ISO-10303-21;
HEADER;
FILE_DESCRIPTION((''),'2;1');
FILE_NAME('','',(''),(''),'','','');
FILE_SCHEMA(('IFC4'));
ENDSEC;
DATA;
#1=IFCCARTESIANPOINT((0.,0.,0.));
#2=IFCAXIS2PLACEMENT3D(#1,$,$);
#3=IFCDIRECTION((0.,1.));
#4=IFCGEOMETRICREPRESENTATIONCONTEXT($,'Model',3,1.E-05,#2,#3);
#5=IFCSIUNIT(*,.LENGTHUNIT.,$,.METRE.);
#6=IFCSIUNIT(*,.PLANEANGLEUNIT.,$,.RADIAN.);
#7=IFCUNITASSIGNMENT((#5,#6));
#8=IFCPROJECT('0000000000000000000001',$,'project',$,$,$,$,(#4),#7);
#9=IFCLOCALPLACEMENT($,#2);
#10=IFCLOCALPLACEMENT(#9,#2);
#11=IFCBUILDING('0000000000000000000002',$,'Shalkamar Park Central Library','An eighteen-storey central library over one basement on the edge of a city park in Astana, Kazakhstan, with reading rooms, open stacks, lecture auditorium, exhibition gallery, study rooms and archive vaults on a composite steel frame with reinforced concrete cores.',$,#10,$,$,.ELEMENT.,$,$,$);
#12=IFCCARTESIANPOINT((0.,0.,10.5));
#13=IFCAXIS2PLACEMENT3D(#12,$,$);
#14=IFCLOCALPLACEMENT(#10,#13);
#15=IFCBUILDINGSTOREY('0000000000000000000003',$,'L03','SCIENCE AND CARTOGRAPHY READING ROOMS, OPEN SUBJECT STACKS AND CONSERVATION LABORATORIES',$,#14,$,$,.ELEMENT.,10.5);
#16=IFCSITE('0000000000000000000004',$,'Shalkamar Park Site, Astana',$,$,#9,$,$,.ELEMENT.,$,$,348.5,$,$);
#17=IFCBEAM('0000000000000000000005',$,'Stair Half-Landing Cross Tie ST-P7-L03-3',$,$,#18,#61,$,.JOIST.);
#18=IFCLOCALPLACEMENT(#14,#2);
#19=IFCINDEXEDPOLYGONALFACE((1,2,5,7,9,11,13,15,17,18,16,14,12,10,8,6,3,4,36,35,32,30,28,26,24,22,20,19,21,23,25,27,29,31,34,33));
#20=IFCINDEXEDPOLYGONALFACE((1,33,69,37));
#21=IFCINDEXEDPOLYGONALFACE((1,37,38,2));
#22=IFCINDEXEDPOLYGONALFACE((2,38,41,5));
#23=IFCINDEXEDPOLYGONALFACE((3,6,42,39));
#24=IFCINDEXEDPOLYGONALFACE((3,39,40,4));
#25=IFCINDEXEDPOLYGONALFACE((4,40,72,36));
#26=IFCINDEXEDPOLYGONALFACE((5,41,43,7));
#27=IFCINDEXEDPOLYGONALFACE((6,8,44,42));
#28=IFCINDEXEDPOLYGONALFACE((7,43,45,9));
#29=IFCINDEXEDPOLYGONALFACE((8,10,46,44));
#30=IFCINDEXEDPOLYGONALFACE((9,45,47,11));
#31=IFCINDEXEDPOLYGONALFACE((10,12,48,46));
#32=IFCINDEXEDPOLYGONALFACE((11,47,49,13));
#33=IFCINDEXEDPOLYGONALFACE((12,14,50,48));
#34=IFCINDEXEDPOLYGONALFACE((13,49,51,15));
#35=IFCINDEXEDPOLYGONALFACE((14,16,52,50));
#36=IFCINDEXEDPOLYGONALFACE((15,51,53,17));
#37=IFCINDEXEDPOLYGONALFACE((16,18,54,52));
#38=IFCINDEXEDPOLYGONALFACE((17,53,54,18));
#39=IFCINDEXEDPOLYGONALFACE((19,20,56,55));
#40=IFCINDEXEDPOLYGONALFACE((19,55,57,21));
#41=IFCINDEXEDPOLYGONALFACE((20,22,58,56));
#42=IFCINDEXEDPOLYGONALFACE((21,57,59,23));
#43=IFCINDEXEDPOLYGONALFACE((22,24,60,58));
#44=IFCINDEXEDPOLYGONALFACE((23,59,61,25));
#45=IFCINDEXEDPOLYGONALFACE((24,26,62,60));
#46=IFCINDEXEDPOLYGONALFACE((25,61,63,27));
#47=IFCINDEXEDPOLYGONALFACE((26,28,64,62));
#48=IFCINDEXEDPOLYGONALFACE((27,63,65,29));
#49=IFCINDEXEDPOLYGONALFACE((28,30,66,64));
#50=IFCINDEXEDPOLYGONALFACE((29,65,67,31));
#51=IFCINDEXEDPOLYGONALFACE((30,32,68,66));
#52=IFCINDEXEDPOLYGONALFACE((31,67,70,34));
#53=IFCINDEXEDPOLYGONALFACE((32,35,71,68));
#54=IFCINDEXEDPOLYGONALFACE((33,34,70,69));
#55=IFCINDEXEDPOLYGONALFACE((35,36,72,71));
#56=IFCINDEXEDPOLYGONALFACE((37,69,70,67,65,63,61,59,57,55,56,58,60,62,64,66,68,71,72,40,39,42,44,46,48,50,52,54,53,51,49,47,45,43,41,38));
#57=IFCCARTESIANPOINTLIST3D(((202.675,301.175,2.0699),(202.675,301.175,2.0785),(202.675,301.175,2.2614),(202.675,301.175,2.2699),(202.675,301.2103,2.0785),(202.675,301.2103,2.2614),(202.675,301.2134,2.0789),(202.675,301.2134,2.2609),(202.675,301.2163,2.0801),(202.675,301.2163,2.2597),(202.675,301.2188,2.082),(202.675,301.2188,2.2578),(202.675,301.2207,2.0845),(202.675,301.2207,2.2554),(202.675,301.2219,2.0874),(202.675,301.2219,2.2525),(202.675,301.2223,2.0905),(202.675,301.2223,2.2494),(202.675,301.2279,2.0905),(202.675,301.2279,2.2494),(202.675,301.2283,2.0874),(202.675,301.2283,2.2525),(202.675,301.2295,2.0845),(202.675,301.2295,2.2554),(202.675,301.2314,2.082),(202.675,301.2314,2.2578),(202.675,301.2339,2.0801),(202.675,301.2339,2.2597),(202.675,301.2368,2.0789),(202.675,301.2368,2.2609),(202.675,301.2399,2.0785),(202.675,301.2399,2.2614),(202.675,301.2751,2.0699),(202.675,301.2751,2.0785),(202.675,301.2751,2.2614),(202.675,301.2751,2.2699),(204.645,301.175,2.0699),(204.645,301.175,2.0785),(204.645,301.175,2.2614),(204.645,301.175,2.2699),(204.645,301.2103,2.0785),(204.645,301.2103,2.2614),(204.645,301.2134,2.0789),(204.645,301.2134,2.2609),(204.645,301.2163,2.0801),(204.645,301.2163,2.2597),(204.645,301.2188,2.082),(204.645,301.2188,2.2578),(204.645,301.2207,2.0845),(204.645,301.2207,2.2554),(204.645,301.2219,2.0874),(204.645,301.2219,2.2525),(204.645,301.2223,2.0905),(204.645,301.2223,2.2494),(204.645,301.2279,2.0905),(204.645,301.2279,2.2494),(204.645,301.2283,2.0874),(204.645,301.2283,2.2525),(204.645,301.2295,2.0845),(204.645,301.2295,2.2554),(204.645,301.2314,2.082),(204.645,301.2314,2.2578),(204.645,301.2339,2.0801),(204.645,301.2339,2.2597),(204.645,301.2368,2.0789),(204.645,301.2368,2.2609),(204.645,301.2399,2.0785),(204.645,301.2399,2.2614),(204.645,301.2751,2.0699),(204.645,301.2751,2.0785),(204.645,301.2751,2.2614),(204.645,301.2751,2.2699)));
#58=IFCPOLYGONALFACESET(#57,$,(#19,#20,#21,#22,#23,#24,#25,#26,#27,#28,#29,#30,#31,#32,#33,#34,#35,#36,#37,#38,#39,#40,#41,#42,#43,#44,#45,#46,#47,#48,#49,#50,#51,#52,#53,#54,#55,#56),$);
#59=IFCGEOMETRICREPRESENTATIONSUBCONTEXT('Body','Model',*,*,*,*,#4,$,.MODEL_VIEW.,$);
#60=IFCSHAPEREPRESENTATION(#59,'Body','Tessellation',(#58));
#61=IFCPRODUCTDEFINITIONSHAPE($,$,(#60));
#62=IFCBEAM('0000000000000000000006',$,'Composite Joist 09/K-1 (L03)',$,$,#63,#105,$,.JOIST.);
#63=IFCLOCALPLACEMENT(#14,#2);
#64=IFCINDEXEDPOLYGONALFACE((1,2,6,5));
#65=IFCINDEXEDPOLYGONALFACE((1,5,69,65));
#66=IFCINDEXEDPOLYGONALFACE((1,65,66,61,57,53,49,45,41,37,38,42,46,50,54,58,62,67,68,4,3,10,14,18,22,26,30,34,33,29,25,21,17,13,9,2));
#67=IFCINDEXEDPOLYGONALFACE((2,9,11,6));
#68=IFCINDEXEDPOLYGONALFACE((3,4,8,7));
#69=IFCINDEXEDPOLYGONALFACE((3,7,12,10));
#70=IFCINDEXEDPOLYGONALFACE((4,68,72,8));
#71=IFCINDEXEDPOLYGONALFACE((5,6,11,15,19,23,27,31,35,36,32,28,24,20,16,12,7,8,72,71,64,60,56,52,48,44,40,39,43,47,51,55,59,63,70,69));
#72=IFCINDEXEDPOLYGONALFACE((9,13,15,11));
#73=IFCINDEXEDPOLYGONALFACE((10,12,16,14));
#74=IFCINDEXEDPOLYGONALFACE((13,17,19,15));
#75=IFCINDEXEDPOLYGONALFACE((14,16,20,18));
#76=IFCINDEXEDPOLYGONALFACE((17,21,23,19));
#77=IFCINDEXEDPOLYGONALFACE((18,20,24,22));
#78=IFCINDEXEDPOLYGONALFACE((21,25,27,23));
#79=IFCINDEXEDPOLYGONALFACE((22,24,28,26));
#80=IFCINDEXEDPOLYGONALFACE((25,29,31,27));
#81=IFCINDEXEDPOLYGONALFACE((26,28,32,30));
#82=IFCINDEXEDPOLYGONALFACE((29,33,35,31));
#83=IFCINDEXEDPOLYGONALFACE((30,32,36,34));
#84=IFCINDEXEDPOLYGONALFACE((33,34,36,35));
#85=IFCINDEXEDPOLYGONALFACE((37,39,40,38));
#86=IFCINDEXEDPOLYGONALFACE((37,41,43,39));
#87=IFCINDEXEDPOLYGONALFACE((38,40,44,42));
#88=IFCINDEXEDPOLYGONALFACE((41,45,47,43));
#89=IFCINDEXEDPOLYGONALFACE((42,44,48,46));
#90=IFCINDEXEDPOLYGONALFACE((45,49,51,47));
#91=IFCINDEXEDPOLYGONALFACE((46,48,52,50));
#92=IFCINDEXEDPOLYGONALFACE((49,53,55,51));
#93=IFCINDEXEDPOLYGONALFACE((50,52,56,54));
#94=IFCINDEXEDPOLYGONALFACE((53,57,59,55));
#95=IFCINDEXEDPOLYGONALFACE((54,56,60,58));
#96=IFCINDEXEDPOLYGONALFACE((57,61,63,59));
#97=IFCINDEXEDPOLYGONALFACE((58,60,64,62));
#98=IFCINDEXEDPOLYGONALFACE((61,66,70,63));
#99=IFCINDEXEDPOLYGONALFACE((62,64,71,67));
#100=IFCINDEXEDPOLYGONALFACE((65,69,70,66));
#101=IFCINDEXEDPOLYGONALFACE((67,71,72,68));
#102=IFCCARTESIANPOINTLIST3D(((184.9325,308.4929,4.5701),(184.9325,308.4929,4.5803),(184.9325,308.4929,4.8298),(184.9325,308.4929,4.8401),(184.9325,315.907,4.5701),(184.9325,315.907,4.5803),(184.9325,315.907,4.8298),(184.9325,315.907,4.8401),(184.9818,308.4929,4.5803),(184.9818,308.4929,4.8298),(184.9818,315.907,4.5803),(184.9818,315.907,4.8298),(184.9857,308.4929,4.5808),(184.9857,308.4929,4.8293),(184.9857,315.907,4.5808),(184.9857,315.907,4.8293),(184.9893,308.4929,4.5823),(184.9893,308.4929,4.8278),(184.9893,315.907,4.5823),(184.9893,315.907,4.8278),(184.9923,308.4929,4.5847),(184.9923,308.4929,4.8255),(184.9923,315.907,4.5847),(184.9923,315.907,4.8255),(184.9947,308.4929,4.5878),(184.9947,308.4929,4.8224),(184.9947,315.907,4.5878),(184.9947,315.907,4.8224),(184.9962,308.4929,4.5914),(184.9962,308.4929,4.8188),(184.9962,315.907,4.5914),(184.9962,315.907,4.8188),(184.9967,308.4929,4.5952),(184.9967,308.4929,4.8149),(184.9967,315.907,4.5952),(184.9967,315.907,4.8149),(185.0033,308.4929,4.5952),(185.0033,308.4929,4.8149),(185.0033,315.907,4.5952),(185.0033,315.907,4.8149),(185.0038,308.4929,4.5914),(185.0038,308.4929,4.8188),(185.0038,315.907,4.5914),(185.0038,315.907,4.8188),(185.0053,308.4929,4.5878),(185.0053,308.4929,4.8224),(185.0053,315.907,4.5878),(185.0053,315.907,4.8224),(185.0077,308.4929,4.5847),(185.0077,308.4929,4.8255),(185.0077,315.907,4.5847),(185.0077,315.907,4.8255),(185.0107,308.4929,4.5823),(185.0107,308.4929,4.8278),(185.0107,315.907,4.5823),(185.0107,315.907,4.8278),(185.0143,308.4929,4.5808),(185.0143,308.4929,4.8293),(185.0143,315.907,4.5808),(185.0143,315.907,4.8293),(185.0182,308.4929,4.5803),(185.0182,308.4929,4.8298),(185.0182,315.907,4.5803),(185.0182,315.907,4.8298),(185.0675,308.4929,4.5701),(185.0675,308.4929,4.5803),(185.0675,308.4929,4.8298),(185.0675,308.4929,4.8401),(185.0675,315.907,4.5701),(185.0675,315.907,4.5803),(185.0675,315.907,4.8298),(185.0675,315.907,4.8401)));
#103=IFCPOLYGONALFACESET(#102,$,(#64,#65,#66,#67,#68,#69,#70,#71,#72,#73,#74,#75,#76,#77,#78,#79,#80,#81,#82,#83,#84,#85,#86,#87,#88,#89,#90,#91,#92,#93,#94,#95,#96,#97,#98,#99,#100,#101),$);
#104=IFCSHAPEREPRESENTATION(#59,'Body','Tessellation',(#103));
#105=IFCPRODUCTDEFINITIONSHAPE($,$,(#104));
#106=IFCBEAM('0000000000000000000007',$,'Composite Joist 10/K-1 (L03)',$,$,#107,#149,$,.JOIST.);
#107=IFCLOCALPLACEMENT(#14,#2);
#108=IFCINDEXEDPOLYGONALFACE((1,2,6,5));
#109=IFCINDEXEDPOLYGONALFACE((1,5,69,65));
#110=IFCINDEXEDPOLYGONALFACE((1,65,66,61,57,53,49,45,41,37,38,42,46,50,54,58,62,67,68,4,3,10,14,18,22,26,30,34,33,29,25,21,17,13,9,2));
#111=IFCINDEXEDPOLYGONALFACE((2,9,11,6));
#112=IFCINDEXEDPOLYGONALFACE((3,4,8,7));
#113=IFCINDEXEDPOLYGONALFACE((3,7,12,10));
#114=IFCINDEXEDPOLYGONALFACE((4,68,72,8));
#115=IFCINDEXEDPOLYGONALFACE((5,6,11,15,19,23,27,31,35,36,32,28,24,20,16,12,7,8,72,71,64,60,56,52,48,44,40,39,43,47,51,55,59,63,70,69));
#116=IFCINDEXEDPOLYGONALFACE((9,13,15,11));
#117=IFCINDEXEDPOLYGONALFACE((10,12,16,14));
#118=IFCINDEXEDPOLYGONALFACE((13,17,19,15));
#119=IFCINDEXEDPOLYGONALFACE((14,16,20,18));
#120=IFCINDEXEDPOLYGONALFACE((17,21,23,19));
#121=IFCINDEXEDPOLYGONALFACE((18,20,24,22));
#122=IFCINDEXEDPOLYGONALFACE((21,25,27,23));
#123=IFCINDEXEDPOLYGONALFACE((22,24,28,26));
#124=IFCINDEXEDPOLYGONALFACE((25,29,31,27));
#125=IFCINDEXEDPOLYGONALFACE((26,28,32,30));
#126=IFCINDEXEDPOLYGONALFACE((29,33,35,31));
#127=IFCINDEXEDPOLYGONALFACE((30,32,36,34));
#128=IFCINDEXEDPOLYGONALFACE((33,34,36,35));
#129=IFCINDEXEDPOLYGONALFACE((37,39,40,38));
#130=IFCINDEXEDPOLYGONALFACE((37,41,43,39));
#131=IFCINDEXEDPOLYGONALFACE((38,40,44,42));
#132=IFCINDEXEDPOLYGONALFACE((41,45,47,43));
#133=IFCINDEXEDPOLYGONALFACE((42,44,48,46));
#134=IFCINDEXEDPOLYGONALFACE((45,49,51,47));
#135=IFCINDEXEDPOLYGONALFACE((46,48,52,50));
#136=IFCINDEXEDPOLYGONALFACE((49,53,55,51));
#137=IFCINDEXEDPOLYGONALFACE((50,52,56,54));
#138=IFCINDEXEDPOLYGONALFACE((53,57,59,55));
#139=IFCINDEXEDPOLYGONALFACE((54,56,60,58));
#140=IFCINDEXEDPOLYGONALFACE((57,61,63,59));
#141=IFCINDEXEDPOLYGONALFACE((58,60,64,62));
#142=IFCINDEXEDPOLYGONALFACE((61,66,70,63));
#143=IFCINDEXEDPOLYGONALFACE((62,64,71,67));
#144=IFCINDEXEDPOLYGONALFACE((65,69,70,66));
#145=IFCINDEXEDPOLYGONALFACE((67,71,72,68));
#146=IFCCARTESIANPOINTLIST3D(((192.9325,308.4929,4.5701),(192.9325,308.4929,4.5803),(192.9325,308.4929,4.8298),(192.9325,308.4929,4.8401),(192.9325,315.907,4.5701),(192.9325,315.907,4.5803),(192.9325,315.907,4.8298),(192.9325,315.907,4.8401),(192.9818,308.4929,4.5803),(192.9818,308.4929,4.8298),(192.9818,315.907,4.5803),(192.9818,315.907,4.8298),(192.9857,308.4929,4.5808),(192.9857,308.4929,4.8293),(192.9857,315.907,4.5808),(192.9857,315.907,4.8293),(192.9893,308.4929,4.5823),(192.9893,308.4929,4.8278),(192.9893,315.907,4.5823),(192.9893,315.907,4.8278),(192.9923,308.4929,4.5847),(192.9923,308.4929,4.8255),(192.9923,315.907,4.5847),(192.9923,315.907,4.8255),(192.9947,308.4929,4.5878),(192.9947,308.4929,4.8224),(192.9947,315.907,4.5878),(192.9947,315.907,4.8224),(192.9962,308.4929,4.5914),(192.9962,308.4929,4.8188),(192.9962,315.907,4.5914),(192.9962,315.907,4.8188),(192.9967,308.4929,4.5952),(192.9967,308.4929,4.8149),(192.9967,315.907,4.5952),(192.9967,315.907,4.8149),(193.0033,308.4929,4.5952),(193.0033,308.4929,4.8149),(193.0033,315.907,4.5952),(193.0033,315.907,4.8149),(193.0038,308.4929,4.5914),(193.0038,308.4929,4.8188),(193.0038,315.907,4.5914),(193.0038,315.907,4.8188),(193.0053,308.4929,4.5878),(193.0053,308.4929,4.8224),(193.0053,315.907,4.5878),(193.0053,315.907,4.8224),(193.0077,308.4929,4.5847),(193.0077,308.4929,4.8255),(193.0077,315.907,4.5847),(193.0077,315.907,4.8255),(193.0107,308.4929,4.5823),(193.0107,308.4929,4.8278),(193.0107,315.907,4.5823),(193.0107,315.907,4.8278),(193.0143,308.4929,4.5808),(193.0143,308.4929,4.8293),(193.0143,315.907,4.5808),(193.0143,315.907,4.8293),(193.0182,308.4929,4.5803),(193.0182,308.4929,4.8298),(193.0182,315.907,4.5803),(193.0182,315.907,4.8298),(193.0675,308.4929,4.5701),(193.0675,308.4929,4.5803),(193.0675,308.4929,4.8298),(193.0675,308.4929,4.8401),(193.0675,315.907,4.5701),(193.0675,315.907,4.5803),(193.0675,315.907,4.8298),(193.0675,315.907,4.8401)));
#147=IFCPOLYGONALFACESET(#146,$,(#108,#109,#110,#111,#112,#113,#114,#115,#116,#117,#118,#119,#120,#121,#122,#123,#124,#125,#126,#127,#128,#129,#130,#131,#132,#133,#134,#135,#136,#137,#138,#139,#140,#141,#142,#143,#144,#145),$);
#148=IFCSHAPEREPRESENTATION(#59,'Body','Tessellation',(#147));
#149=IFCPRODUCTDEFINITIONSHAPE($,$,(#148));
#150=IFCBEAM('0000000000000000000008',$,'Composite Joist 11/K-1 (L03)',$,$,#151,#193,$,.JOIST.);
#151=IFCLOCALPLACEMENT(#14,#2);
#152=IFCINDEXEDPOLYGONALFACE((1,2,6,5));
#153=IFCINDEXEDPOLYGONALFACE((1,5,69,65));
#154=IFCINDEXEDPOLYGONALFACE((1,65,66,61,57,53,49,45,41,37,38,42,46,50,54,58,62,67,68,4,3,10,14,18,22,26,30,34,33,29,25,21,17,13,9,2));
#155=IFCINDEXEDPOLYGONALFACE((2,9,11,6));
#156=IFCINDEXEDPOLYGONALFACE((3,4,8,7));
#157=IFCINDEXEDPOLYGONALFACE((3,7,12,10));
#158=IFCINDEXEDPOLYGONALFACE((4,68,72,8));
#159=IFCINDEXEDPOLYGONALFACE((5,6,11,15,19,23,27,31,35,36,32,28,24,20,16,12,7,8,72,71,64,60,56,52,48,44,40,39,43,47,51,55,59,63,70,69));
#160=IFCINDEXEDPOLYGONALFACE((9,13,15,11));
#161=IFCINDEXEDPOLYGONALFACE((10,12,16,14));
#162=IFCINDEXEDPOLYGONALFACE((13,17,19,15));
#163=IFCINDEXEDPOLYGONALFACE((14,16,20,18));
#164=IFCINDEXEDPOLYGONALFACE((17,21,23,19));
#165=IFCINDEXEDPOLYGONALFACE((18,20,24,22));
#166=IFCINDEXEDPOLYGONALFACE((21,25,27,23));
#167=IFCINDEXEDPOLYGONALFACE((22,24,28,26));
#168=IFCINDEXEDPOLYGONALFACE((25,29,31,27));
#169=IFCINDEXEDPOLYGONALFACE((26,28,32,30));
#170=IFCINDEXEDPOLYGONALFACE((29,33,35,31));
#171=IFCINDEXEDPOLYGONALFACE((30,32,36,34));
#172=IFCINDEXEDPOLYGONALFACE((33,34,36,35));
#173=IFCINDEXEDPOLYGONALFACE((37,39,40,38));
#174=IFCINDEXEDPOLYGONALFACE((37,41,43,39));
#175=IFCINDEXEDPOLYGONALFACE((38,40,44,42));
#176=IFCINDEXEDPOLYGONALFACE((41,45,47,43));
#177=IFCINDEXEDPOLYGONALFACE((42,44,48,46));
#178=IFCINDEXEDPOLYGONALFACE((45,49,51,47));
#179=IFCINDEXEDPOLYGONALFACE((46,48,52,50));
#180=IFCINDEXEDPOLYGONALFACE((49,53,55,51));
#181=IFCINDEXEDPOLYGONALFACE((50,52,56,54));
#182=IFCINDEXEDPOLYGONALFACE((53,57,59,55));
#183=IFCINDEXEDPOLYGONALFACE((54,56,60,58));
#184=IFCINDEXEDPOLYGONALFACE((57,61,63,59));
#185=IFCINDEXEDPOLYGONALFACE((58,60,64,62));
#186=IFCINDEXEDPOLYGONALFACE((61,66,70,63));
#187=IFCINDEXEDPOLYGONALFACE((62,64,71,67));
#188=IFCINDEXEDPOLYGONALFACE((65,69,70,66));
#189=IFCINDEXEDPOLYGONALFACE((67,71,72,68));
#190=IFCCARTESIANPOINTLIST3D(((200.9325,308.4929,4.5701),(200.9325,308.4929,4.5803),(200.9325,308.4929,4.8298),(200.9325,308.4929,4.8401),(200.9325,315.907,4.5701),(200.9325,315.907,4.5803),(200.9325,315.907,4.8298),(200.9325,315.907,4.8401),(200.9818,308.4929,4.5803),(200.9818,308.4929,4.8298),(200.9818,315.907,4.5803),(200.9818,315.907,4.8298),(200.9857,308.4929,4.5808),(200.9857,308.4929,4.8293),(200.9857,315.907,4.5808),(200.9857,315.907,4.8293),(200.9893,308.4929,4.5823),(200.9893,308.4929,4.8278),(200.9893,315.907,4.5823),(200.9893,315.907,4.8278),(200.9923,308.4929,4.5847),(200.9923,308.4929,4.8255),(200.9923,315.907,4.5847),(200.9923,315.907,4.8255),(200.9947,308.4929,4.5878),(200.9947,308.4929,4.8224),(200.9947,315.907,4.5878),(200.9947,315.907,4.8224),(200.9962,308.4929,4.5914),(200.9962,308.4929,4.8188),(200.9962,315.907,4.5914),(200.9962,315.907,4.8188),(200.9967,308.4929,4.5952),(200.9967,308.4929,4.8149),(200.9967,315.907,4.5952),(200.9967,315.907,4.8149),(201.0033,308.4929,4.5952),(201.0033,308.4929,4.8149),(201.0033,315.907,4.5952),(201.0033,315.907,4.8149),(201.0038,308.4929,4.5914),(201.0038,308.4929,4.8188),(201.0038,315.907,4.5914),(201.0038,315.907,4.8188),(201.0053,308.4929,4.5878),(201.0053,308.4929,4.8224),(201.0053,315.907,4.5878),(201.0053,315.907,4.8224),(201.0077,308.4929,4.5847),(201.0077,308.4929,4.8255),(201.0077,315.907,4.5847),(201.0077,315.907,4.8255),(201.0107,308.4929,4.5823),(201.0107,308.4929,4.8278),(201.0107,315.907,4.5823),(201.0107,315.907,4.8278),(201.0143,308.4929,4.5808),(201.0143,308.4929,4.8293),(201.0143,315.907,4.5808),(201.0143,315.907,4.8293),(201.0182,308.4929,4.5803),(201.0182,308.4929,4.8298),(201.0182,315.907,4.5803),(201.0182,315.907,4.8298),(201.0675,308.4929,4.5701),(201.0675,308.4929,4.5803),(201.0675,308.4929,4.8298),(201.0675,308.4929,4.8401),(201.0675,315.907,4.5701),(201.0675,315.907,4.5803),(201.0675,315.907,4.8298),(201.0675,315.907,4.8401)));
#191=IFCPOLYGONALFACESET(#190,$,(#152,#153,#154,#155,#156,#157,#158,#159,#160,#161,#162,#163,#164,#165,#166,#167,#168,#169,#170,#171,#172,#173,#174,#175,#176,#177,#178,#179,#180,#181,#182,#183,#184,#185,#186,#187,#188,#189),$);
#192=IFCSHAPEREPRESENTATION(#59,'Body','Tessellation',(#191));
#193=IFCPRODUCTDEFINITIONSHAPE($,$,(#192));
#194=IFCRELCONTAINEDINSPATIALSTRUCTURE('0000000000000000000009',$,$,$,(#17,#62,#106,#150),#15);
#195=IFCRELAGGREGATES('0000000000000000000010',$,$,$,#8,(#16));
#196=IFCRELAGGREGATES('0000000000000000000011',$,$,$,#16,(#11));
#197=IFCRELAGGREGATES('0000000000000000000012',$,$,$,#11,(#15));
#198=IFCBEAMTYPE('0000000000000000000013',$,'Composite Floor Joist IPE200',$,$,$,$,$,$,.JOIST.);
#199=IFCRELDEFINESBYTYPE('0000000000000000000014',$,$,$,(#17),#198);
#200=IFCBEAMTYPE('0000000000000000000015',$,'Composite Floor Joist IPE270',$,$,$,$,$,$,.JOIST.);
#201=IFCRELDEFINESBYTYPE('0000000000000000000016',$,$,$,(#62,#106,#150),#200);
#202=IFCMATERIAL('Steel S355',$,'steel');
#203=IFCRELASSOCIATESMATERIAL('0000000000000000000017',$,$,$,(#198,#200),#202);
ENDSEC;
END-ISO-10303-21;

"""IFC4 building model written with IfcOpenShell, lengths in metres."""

from ifc_helpers import new_model, si_unit, direction, frame, origin, origin_2d, place, context, subcontext, project, spatial, i_section, extrude, material, material_profile, profile_set, type_object, element, save


model = new_model("IFC4")

# Units and contexts
model_context = context("Model", 3, precision=1e-05, world=origin(), true_north=direction((0.0, 1.0)))
body_context = subcontext(model_context, "Body", "Model", "MODEL_VIEW")
ifc_project = project(units=[si_unit("LENGTHUNIT", "METRE"), si_unit("PLANEANGLEUNIT", "RADIAN")], contexts=[model_context])

# Site, building, storey
site_placement = place(None, origin())
site = spatial("IfcSite", under=ifc_project, at=site_placement, Name="Shalkamar Park Site, Astana", CompositionType="ELEMENT", RefElevation=348.5)
building_placement = place(site_placement, origin())
building = spatial("IfcBuilding", under=site, at=building_placement, Name="Shalkamar Park Central Library", Description="An eighteen-storey central library over one basement on the edge of a city park in Astana, Kazakhstan, with reading rooms, open stacks, lecture auditorium, exhibition gallery, study rooms and archive vaults on a composite steel frame with reinforced concrete cores.", CompositionType="ELEMENT")
storey_placement = place(building_placement, frame((0.0, 0.0, 10.5)))
storey = spatial("IfcBuildingStorey", under=building, at=storey_placement, Name="L03", Description="SCIENCE AND CARTOGRAPHY READING ROOMS, OPEN SUBJECT STACKS AND CONSERVATION LABORATORIES", CompositionType="ELEMENT", Elevation=10.5)

# Shared definitions
ifc_material_1 = material(Name="Steel S355", Category="steel")

# Beams
ifc_material_profile_1 = material_profile(ifc_material_1, i_section(OverallWidth=0.1001, OverallDepth=0.2, WebThickness=0.0056, FlangeThickness=0.0085, FilletRadius=0.012, at=origin_2d()), Name="IPE 200")
ifc_profile_set_1 = profile_set([ifc_material_profile_1], Name="Steel S355")
beam_type_1 = type_object("IfcBeamType", Name="Composite Floor Joist IPE200", PredefinedType="JOIST", material=ifc_profile_set_1)
beam_1_placement = place(storey_placement, frame((202.675, 301.2251, 2.1699), z_axis=(1.0, 0.0, 0.0), x_axis=(0.0, 1.0, 0.0)))
element("IfcBeam", 1, at=beam_1_placement, inside=storey, type_object=beam_type_1, Name="Stair Half-Landing Cross Tie ST-P7-L03-3", PredefinedType="JOIST", context=body_context, shape_type="SweptSolid", body=[
    extrude(i_section(OverallWidth=0.1001, OverallDepth=0.2, WebThickness=0.0056, FlangeThickness=0.0085, FilletRadius=0.012, at=origin_2d()), origin(), (0.0, 0.0, 1.0), 1.97),
])
ifc_material_profile_2 = material_profile(ifc_material_1, i_section(OverallWidth=0.135, OverallDepth=0.27, WebThickness=0.0066, FlangeThickness=0.0103, FilletRadius=0.0149, at=origin_2d()), Name="IPE 270")
ifc_profile_set_2 = profile_set([ifc_material_profile_2], Name="Steel S355")
beam_type_2 = type_object("IfcBeamType", Name="Composite Floor Joist IPE270", PredefinedType="JOIST", material=ifc_profile_set_2)
for number, where, z_axis, x_axis, name in (
    (2, (185.0, 308.4929, 4.7051), (0.0, 1.0, 0.0), (-1.0, 0.0, 0.0), "Composite Joist 09/K-1 (L03)"),
    (3, (193.0, 308.4929, 4.7051), (0.0, 1.0, 0.0), (-1.0, 0.0, 0.0), "Composite Joist 10/K-1 (L03)"),
    (4, (201.0, 308.4929, 4.7051), (0.0, 1.0, 0.0), (-1.0, 0.0, 0.0), "Composite Joist 11/K-1 (L03)"),
):
    element("IfcBeam", number, at=place(storey_placement, frame(where, z_axis=z_axis, x_axis=x_axis)), inside=storey, type_object=beam_type_2, Name=name, PredefinedType="JOIST", context=body_context, shape_type="SweptSolid", body=[
        extrude(i_section(OverallWidth=0.135, OverallDepth=0.27, WebThickness=0.0066, FlangeThickness=0.0103, FilletRadius=0.0149, at=origin_2d()), origin(), (0.0, 0.0, 1.0), 7.4141),
    ])

save(model, "model.ifc")
